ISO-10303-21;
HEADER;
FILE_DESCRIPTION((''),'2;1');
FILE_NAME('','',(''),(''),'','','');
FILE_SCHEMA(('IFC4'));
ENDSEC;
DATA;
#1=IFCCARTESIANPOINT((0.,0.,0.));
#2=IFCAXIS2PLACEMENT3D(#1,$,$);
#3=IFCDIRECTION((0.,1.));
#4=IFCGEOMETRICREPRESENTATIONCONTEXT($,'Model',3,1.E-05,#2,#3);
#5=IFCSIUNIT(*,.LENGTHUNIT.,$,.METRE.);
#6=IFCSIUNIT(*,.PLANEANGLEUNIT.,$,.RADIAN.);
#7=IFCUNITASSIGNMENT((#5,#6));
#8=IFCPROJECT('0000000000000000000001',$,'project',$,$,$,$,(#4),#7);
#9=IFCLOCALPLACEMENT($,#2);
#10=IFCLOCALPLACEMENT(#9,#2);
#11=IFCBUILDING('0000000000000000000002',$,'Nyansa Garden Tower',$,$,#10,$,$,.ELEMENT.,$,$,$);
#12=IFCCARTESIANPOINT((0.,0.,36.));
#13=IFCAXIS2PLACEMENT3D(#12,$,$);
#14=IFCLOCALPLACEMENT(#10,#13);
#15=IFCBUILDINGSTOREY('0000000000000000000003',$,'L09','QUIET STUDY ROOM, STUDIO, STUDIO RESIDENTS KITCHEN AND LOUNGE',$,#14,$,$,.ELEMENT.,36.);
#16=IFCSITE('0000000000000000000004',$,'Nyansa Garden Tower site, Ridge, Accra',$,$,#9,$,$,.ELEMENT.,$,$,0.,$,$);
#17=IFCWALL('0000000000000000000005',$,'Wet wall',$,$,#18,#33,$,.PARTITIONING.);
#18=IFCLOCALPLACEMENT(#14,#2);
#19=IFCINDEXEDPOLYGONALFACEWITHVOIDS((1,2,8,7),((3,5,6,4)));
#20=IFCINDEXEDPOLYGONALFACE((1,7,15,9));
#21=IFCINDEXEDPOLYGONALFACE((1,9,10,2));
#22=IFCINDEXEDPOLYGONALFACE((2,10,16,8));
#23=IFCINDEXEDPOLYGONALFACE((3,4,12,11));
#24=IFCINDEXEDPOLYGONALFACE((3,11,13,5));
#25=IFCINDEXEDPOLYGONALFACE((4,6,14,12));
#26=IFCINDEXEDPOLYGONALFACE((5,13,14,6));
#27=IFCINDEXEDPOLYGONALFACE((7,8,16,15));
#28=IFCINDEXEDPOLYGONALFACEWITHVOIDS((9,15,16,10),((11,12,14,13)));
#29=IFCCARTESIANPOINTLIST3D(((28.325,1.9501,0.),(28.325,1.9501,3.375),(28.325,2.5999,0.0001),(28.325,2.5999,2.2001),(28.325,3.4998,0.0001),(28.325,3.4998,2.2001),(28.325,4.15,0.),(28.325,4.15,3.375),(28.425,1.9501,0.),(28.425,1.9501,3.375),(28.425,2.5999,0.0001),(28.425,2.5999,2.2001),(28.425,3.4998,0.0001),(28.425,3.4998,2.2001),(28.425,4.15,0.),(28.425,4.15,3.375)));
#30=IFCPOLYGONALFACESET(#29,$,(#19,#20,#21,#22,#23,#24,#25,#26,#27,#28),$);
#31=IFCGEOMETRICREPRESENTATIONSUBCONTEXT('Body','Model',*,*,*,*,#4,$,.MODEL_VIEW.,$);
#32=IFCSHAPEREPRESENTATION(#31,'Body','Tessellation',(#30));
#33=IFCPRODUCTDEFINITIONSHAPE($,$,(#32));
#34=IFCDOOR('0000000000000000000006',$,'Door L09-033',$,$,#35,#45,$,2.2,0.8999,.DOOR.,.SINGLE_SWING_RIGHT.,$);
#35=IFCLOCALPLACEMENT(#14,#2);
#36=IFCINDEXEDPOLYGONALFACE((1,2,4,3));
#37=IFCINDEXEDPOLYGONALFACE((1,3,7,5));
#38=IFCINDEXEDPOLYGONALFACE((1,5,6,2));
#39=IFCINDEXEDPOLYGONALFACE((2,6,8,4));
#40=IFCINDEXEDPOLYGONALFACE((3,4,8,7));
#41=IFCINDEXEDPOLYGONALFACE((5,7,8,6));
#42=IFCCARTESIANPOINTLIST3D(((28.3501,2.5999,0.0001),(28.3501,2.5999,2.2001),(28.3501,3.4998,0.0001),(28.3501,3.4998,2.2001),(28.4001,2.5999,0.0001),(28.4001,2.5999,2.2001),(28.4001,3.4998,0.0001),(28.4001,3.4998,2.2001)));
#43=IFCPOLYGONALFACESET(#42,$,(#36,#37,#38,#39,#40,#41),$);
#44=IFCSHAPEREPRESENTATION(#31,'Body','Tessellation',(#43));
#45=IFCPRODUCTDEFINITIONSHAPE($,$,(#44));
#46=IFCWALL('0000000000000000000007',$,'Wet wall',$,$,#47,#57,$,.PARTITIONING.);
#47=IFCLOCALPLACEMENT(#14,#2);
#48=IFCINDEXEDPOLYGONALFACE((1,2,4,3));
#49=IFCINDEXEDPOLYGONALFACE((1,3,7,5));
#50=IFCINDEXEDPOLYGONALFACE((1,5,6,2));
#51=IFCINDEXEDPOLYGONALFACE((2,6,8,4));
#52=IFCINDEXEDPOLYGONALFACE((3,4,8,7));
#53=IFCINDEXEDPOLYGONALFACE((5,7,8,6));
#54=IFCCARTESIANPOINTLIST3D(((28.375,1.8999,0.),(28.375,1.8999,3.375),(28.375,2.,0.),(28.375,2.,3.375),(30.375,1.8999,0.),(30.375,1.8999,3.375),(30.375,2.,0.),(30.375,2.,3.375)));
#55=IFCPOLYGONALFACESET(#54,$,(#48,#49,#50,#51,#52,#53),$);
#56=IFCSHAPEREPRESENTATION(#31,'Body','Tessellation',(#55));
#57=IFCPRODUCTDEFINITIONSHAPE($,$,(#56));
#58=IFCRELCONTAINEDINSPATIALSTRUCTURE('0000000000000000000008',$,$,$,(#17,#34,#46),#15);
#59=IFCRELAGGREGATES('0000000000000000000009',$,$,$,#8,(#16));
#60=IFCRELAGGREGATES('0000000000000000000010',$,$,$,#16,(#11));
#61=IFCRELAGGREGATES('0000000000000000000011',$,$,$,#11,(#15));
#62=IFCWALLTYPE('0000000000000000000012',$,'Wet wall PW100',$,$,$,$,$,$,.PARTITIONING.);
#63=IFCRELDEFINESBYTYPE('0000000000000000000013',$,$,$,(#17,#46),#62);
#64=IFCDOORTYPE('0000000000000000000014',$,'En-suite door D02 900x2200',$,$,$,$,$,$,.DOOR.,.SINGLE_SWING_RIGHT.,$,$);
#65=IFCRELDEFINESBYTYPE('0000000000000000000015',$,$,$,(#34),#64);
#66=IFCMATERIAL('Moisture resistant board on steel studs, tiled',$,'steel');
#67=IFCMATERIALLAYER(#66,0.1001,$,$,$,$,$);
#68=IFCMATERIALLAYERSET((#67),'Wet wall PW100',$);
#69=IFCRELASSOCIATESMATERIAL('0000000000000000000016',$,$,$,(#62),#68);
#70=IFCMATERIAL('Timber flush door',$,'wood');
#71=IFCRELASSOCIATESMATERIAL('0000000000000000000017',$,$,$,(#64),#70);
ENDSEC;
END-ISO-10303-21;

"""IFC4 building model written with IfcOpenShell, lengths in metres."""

from ifc_helpers import new_model, si_unit, direction, frame, frame_2d, origin, place, context, subcontext, project, spatial, rectangle, extrude, material, layer, layer_set, type_object, element, fill, save


model = new_model("IFC4")

# Units and contexts
model_context = context("Model", 3, precision=1e-05, world=origin(), true_north=direction((0.0, 1.0)))
body_context = subcontext(model_context, "Body", "Model", "MODEL_VIEW")
ifc_project = project(units=[si_unit("LENGTHUNIT", "METRE"), si_unit("PLANEANGLEUNIT", "RADIAN")], contexts=[model_context])

# Site, building, storey
site_placement = place(None, origin())
site = spatial("IfcSite", under=ifc_project, at=site_placement, Name="Nyansa Garden Tower site, Ridge, Accra", CompositionType="ELEMENT", RefElevation=0.0)
building_placement = place(site_placement, origin())
building = spatial("IfcBuilding", under=site, at=building_placement, Name="Nyansa Garden Tower", CompositionType="ELEMENT")
storey_placement = place(building_placement, frame((0.0, 0.0, 36.0)))
storey = spatial("IfcBuildingStorey", under=building, at=storey_placement, Name="L09", Description="QUIET STUDY ROOM, STUDIO, STUDIO RESIDENTS KITCHEN AND LOUNGE", CompositionType="ELEMENT", Elevation=36.0)

# Shared definitions
ifc_material_1 = material(Name="Moisture resistant board on steel studs, tiled", Category="steel")
ifc_layer_1 = layer(ifc_material_1, 0.1001)
ifc_layer_set_1 = layer_set([ifc_layer_1], Name="Wet wall PW100")
wall_type_1 = type_object("IfcWallType", Name="Wet wall PW100", PredefinedType="PARTITIONING", material=ifc_layer_set_1)

# Wall, opening, door
wall_1_placement = place(storey_placement, frame((28.375, 1.95, 0.0), z_axis=(0.0, 0.0, 1.0), x_axis=(0.0, 1.0, 0.0)))
wall_1 = element("IfcWall", 1, at=wall_1_placement, inside=storey, type_object=wall_type_1, Name="Wet wall", PredefinedType="PARTITIONING", context=body_context, shape_type="SweptSolid", body=[
    extrude(rectangle(XDim=2.2, YDim=0.1001, at=frame_2d((1.1001, 0.0))), origin(), (0.0, 0.0, 1.0), 3.375),
])
opening_1_placement = place(wall_1_placement, frame((0.6499, 0.0, 0.0)))
opening_1 = element("IfcOpeningElement", 2, at=opening_1_placement, cuts=wall_1, PredefinedType="OPENING", context=body_context, shape_type="SweptSolid", body=[
    extrude(rectangle(XDim=0.8999, YDim=2.2, at=frame_2d((0.45, 1.1001))), frame((0.0, 0.0601, 0.0), z_axis=(0.0, -1.0, 0.0), x_axis=(1.0, 0.0, 0.0)), (0.0, 0.0, 1.0), 0.1201),
])
ifc_material_2 = material(Name="Timber flush door", Category="wood")
door_type_1 = type_object("IfcDoorType", Name="En-suite door D02 900x2200", OperationType="SINGLE_SWING_RIGHT", PredefinedType="DOOR", material=ifc_material_2)
door_1_placement = place(opening_1_placement, origin())
door_1 = element("IfcDoor", 3, at=door_1_placement, inside=storey, type_object=door_type_1, Name="Door L09-033", OperationType="SINGLE_SWING_RIGHT", OverallHeight=2.2, OverallWidth=0.8999, PredefinedType="DOOR", context=body_context, shape_type="SweptSolid", body=[
    extrude(rectangle(XDim=0.8999, YDim=2.2, at=frame_2d((0.45, 1.1001))), frame((0.0, 0.0249, 0.0), z_axis=(0.0, -1.0, 0.0), x_axis=(1.0, 0.0, 0.0)), (0.0, 0.0, 1.0), 0.05),
])
fill(opening_1, door_1)

# Wall
wall_2_placement = place(storey_placement, frame((28.375, 1.95, 0.0), z_axis=(0.0, 0.0, 1.0), x_axis=(1.0, 0.0, 0.0)))
element("IfcWall", 4, at=wall_2_placement, inside=storey, type_object=wall_type_1, Name="Wet wall", PredefinedType="PARTITIONING", context=body_context, shape_type="SweptSolid", body=[
    extrude(rectangle(XDim=2.0, YDim=0.1001, at=frame_2d((1.0, 0.0))), origin(), (0.0, 0.0, 1.0), 3.375),
])

save(model, "model.ifc")
